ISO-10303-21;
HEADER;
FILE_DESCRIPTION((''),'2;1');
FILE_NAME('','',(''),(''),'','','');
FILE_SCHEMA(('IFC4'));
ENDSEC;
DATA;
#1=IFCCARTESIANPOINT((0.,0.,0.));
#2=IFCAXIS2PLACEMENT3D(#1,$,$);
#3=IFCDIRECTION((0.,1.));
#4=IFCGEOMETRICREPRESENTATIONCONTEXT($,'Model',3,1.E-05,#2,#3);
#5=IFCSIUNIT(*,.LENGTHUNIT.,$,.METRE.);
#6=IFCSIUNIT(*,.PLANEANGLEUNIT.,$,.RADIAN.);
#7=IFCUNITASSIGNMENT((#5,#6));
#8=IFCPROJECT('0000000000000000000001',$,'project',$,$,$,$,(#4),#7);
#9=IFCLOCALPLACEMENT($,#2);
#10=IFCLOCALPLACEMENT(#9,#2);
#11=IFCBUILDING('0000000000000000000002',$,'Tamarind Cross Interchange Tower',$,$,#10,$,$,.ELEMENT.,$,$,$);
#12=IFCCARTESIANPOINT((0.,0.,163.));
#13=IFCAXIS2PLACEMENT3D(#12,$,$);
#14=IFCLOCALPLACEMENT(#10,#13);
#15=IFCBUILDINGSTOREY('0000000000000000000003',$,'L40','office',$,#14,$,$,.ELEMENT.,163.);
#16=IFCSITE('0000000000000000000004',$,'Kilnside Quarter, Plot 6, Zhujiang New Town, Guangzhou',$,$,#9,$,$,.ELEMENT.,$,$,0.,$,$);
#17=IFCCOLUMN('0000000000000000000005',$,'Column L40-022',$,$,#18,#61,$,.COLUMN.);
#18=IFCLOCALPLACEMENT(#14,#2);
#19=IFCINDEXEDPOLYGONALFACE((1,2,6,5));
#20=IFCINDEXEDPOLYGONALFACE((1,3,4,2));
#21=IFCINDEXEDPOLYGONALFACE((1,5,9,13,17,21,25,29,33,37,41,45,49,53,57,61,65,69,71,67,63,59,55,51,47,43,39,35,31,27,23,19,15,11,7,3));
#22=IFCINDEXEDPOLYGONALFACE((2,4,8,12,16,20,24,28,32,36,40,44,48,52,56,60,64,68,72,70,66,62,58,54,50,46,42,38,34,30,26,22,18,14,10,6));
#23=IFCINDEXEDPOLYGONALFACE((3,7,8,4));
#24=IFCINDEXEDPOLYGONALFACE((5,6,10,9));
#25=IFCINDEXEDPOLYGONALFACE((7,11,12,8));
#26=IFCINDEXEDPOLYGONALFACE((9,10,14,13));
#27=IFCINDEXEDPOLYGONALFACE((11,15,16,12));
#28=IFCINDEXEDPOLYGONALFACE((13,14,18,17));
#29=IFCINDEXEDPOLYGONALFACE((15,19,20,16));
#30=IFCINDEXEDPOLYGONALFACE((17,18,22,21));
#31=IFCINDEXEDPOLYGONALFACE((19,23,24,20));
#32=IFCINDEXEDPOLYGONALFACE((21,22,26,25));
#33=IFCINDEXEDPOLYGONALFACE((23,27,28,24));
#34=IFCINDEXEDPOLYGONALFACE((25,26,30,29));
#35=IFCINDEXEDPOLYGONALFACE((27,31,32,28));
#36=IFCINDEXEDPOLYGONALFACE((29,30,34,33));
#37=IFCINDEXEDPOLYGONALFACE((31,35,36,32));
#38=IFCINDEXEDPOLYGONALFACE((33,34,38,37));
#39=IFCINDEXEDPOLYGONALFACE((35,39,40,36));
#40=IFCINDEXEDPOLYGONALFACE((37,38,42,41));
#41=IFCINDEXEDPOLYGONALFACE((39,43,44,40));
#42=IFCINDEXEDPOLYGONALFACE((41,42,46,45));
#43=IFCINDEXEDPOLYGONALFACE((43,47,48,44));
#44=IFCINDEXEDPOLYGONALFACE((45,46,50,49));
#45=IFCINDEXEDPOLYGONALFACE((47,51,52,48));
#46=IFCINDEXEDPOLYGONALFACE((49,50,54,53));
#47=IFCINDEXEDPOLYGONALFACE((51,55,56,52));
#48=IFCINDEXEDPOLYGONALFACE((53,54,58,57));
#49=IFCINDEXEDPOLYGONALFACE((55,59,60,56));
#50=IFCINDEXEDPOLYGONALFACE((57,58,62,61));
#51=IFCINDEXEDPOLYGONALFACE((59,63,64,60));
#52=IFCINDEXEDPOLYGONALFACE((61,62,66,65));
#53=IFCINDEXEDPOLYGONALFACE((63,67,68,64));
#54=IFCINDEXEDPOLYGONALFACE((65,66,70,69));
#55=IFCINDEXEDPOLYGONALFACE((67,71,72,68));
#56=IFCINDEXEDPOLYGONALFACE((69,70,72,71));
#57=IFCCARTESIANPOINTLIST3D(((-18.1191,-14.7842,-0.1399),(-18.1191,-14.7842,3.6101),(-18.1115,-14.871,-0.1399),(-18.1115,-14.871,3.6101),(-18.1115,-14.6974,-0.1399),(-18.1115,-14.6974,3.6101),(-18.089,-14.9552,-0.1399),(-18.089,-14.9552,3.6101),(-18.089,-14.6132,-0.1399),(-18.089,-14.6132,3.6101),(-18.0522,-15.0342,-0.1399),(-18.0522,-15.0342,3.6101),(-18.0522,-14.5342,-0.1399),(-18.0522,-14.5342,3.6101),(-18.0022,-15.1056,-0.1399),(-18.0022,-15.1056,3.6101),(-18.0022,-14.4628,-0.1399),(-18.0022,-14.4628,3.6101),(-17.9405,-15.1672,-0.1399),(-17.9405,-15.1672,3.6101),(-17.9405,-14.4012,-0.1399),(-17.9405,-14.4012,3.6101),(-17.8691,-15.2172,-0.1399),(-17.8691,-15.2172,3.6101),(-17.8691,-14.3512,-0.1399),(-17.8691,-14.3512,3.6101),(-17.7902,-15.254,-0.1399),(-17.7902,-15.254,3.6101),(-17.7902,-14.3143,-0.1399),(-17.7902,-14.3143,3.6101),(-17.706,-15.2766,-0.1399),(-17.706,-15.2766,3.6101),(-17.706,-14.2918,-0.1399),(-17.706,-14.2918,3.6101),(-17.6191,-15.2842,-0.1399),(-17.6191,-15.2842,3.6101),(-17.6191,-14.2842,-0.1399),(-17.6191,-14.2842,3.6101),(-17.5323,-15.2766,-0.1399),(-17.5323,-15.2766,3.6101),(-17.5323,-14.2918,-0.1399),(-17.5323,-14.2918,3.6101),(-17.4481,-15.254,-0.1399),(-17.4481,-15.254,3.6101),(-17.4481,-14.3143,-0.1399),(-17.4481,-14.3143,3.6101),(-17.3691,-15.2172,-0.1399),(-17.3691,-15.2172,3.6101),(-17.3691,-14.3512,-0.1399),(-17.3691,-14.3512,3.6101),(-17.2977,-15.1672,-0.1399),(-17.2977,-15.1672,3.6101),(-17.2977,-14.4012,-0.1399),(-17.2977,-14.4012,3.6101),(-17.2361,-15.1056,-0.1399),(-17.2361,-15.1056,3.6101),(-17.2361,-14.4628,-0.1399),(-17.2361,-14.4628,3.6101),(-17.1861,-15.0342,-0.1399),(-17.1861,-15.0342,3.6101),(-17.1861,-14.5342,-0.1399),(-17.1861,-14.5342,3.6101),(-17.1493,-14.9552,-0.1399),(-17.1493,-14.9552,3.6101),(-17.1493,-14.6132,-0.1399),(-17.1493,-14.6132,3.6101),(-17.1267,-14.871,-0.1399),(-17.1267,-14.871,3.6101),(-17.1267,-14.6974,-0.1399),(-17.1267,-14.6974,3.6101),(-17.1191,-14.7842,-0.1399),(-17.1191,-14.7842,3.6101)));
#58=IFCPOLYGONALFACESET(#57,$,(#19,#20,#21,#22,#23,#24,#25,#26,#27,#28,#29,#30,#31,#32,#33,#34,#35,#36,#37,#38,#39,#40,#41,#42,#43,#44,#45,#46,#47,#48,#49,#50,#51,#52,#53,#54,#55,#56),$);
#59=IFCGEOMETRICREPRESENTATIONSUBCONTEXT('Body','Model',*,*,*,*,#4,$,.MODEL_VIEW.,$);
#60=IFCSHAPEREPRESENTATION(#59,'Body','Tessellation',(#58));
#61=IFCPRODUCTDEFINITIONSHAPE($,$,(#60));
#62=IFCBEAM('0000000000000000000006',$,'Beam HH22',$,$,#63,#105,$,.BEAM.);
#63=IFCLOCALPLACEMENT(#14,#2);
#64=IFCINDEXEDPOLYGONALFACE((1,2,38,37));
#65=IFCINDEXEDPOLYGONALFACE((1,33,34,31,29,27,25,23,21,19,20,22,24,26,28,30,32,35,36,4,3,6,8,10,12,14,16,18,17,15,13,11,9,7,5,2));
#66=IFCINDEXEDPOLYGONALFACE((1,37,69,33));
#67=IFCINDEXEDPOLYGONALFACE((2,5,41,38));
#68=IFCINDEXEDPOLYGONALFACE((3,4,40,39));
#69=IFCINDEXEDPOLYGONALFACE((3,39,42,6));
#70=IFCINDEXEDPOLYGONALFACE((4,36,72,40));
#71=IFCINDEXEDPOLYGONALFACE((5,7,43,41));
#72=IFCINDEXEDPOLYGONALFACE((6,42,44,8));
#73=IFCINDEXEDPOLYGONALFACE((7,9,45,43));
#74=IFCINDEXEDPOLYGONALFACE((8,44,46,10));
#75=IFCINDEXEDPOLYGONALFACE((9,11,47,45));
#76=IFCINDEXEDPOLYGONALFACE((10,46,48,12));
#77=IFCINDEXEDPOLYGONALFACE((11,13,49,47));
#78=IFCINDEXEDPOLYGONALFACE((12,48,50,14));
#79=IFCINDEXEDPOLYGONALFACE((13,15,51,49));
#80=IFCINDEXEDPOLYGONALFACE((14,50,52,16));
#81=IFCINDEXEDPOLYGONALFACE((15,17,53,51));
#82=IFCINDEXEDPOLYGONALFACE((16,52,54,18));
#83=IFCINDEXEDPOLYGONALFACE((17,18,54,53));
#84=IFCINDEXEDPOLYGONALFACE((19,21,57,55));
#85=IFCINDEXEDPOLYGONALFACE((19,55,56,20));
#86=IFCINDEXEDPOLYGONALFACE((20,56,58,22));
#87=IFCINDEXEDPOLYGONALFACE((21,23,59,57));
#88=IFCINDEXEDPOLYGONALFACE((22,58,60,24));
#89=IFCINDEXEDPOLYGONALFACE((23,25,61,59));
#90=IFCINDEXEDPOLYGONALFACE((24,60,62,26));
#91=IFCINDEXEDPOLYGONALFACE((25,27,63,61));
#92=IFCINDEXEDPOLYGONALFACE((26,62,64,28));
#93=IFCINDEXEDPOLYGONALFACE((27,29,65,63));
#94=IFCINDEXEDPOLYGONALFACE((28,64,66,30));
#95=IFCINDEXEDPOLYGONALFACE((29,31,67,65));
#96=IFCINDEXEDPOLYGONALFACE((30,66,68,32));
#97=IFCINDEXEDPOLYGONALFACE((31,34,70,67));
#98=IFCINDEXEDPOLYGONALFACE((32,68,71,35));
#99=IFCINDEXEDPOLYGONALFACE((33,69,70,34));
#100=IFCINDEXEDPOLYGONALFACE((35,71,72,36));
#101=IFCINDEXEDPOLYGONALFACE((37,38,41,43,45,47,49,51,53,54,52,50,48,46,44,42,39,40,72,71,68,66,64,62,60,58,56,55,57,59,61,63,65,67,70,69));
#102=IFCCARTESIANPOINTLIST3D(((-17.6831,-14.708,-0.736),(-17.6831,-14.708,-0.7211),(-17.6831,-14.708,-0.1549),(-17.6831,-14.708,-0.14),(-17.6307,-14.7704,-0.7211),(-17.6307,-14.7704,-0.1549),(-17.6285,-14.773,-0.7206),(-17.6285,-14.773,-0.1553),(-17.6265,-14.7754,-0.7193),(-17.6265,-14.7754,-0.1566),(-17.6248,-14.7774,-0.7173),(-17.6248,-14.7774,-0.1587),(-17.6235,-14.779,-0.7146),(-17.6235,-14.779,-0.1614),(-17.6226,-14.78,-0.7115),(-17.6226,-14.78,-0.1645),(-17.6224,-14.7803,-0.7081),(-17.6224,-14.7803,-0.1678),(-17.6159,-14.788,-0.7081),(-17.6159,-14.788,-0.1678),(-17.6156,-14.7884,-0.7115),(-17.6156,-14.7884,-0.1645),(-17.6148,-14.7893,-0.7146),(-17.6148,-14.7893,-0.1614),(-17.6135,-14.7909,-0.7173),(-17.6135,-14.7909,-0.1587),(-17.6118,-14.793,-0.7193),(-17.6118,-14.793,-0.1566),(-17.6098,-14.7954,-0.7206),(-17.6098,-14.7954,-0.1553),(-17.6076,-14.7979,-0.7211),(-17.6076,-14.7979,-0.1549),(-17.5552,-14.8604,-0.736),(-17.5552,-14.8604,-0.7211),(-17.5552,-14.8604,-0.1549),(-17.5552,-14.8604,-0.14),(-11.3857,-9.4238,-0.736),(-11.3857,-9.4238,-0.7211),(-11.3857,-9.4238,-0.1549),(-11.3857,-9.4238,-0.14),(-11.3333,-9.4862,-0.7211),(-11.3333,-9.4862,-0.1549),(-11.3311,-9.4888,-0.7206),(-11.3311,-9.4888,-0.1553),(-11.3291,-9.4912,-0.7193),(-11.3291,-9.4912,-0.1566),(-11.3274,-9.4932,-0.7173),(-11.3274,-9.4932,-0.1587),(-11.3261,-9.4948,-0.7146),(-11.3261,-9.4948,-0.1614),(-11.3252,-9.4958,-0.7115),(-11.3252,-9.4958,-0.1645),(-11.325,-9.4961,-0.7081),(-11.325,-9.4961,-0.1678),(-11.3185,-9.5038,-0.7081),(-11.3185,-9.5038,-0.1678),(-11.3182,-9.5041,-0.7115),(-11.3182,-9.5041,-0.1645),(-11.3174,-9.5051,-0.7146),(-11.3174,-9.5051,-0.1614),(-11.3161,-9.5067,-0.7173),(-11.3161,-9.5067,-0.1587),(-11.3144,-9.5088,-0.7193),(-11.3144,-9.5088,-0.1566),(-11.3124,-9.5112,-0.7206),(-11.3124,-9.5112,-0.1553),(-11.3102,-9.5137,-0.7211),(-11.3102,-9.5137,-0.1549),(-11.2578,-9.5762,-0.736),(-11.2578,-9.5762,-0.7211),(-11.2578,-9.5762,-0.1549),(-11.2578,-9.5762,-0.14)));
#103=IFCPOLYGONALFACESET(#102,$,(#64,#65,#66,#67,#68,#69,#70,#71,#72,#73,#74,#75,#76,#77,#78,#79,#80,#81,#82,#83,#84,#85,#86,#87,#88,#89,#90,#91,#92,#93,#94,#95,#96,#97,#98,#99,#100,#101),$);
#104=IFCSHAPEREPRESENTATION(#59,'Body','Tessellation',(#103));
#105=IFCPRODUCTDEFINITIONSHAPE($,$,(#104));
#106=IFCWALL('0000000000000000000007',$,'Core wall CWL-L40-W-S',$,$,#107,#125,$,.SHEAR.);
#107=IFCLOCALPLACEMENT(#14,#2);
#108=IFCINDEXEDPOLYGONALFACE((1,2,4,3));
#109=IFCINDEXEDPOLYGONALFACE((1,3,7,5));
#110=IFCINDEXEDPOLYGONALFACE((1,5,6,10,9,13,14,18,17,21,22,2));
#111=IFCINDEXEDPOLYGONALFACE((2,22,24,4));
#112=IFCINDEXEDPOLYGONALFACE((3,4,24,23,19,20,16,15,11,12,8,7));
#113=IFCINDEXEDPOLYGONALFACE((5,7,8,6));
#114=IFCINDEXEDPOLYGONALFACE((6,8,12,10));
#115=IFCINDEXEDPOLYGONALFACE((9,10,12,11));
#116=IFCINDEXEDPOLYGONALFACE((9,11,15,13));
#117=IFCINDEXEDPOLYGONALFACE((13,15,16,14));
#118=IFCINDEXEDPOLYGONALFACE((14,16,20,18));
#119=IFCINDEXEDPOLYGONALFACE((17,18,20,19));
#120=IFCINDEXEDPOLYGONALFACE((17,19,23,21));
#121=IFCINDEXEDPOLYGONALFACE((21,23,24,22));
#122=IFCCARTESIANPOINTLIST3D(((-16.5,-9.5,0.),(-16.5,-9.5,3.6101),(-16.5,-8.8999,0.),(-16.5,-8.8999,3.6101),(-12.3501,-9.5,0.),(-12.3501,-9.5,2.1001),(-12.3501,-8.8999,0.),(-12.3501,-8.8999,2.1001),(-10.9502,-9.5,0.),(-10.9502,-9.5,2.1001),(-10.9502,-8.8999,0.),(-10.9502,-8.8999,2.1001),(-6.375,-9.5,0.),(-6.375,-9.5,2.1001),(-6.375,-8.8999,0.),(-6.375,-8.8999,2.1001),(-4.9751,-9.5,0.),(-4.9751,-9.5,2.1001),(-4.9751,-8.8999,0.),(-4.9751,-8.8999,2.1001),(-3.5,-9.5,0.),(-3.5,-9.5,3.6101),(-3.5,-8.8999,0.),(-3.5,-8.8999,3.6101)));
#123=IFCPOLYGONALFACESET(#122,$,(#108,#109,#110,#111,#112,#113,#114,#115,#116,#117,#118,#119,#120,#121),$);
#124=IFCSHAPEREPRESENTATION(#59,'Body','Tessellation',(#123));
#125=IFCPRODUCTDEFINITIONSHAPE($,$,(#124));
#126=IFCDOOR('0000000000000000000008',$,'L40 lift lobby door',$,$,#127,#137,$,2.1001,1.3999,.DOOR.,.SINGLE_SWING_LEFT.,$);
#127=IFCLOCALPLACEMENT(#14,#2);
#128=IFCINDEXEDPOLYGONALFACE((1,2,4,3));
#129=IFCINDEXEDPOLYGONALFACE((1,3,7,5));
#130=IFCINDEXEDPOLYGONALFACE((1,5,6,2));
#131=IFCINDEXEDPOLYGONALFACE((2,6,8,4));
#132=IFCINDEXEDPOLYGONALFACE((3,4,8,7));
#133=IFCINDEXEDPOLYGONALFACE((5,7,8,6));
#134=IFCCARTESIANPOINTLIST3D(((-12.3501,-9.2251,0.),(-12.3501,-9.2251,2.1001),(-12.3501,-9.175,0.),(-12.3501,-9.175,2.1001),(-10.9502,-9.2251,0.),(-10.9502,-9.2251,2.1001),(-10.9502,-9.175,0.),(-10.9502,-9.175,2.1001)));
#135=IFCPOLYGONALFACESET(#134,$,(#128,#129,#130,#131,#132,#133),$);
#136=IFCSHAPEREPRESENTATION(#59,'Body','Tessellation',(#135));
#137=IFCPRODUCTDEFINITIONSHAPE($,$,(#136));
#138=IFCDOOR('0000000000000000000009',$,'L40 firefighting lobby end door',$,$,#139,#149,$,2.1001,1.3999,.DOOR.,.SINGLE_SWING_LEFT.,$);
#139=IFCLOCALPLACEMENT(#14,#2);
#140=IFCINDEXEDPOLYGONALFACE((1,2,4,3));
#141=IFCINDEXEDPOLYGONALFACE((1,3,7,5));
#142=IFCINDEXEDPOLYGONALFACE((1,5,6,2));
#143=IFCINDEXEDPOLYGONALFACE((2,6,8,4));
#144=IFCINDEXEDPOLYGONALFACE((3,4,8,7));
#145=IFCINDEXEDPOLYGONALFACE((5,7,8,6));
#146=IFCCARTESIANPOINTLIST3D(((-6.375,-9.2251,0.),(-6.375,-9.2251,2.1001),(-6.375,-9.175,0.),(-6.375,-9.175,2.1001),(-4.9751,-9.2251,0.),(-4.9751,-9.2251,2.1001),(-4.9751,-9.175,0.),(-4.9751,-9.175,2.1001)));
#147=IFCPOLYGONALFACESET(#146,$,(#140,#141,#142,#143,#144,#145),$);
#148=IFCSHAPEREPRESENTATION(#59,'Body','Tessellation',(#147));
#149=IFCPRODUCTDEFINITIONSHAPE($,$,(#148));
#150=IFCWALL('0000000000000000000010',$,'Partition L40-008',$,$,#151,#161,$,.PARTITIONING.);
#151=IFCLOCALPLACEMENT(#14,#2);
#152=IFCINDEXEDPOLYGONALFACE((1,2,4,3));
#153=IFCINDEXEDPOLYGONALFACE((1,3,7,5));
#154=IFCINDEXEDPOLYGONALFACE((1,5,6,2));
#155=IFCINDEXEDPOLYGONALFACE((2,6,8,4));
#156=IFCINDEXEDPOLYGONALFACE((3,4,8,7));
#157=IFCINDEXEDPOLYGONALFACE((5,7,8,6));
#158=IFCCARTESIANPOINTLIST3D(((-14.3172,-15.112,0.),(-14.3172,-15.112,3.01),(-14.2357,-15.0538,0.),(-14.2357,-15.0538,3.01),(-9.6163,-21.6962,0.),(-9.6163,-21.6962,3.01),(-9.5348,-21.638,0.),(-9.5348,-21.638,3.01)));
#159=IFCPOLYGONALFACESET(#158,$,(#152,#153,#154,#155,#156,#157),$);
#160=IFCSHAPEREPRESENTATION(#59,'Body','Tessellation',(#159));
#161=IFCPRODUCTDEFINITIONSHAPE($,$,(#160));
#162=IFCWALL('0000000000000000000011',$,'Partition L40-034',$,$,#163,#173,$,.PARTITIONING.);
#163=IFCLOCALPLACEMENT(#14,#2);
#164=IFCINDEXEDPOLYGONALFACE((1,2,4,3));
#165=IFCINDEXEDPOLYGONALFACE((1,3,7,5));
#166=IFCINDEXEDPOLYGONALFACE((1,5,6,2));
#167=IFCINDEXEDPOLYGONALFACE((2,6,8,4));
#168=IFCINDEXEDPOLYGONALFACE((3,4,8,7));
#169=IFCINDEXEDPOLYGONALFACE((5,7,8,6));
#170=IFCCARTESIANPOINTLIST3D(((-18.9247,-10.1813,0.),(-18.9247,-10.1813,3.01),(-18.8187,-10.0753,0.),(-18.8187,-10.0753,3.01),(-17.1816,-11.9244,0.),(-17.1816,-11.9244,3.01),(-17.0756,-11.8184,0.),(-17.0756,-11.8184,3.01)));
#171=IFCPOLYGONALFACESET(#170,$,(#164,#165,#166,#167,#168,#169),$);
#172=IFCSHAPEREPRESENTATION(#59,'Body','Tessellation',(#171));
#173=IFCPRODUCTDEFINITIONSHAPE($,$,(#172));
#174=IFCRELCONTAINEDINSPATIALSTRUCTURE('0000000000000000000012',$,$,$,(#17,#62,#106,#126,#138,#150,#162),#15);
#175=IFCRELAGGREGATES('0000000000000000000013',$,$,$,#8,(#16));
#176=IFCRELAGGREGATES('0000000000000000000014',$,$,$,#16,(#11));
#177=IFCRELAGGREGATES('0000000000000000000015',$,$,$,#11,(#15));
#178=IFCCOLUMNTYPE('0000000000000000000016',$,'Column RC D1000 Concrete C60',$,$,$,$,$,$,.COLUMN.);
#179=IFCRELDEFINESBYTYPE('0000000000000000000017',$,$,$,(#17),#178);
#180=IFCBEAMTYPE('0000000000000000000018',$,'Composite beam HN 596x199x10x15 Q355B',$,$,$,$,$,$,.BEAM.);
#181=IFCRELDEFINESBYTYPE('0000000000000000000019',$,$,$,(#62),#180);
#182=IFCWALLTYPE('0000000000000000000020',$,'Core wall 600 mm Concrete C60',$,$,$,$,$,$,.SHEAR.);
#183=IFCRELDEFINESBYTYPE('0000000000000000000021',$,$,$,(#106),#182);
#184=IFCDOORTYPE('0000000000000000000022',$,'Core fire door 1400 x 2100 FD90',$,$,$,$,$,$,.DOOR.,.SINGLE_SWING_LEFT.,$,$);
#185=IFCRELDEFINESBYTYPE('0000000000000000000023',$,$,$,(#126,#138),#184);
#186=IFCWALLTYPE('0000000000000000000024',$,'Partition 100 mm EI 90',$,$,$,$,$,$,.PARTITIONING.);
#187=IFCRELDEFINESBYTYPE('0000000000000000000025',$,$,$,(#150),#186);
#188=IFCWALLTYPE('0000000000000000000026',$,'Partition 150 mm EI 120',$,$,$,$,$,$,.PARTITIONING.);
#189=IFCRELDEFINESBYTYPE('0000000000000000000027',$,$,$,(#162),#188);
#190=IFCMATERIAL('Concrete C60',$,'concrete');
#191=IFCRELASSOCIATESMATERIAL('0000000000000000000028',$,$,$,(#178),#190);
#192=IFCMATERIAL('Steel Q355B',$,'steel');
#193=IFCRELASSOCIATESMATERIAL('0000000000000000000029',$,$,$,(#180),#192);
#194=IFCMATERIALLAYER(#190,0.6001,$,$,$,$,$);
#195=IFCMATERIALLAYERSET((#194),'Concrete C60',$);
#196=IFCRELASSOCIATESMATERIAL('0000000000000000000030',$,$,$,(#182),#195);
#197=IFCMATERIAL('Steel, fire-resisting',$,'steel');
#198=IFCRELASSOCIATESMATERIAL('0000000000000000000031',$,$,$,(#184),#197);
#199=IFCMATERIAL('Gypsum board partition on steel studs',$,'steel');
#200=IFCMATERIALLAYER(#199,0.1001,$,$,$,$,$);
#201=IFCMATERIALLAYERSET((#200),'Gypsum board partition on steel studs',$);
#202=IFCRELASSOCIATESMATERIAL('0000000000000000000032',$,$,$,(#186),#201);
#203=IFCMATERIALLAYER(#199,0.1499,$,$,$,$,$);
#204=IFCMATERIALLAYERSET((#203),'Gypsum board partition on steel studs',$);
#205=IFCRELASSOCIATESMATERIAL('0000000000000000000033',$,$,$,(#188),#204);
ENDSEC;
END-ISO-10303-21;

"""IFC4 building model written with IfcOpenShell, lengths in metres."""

from ifc_helpers import new_model, si_unit, direction, frame, frame_2d, origin, origin_2d, place, context, subcontext, project, spatial, rectangle, circle, i_section, extrude, material, layer, layer_set, material_profile, profile_set, type_object, element, fill, save


model = new_model("IFC4")

# Units and contexts
model_context = context("Model", 3, precision=1e-05, world=origin(), true_north=direction((0.0, 1.0)))
body_context = subcontext(model_context, "Body", "Model", "MODEL_VIEW")
ifc_project = project(units=[si_unit("LENGTHUNIT", "METRE"), si_unit("PLANEANGLEUNIT", "RADIAN")], contexts=[model_context])

# Site, building, storey
site_placement = place(None, origin())
site = spatial("IfcSite", under=ifc_project, at=site_placement, Name="Kilnside Quarter, Plot 6, Zhujiang New Town, Guangzhou", CompositionType="ELEMENT", RefElevation=0.0)
building_placement = place(site_placement, origin())
building = spatial("IfcBuilding", under=site, at=building_placement, Name="Tamarind Cross Interchange Tower", CompositionType="ELEMENT")
storey_placement = place(building_placement, frame((0.0, 0.0, 163.0)))
storey = spatial("IfcBuildingStorey", under=building, at=storey_placement, Name="L40", Description="office", CompositionType="ELEMENT", Elevation=163.0)

# Column
ifc_material_1 = material(Name="Concrete C60", Category="concrete")
ifc_material_profile_1 = material_profile(ifc_material_1, circle(Radius=0.5, at=origin_2d()), Name="RC D1000")
ifc_profile_set_1 = profile_set([ifc_material_profile_1], Name="Concrete C60")
column_type = type_object("IfcColumnType", Name="Column RC D1000 Concrete C60", PredefinedType="COLUMN", material=ifc_profile_set_1)
column_placement = place(storey_placement, frame((-17.6191, -14.7842, -0.1399), z_axis=(0.0, 0.0, 1.0), x_axis=(1.0, 0.0, 0.0)))
element("IfcColumn", 1, at=column_placement, inside=storey, type_object=column_type, Name="Column L40-022", PredefinedType="COLUMN", context=body_context, shape_type="SweptSolid", body=[
    extrude(circle(Radius=0.5, at=origin_2d()), origin(), (0.0, 0.0, 1.0), 3.75),
])

# Beam
ifc_material_2 = material(Name="Steel Q355B", Category="steel")
ifc_material_profile_2 = material_profile(ifc_material_2, i_section(OverallWidth=0.199, OverallDepth=0.5959, WebThickness=0.01, FlangeThickness=0.0149, FilletRadius=0.0129, at=origin_2d()), Name="HN 596x199x10x15")
ifc_profile_set_2 = profile_set([ifc_material_profile_2], Name="Steel Q355B")
beam_type = type_object("IfcBeamType", Name="Composite beam HN 596x199x10x15 Q355B", PredefinedType="BEAM", material=ifc_profile_set_2)
beam_placement = place(storey_placement, frame((-17.6191, -14.7842, -0.438), z_axis=(0.766041, 0.642792, 0.0), x_axis=(-0.642792, 0.766041, 0.0)))
element("IfcBeam", 2, at=beam_placement, inside=storey, type_object=beam_type, Name="Beam HH22", PredefinedType="BEAM", context=body_context, shape_type="SweptSolid", body=[
    extrude(i_section(OverallWidth=0.199, OverallDepth=0.5959, WebThickness=0.01, FlangeThickness=0.0149, FilletRadius=0.0129, at=origin_2d()), origin(), (0.0, 0.0, 1.0), 8.2207),
])

# Wall, openings, doors
ifc_layer_1 = layer(ifc_material_1, 0.6001)
ifc_layer_set_1 = layer_set([ifc_layer_1], Name="Concrete C60")
wall_type_1 = type_object("IfcWallType", Name="Core wall 600 mm Concrete C60", PredefinedType="SHEAR", material=ifc_layer_set_1)
wall_1_placement = place(storey_placement, frame((-16.5, -9.2, 0.0), z_axis=(0.0, 0.0, 1.0), x_axis=(1.0, 0.0, 0.0)))
wall_1 = element("IfcWall", 3, at=wall_1_placement, inside=storey, type_object=wall_type_1, Name="Core wall CWL-L40-W-S", PredefinedType="SHEAR", context=body_context, shape_type="SweptSolid", body=[
    extrude(rectangle(XDim=13.0, YDim=0.6001, at=frame_2d((6.5, 0.0))), origin(), (0.0, 0.0, 1.0), 3.6101),
])
opening_1_placement = place(wall_1_placement, frame((4.1499, 0.0, 0.0)))
opening_1 = element("IfcOpeningElement", 4, at=opening_1_placement, cuts=wall_1, PredefinedType="OPENING", context=body_context, shape_type="SweptSolid", body=[
    extrude(rectangle(XDim=1.3999, YDim=2.1001, at=frame_2d((0.7, 1.05))), frame((0.0, 0.3101, 0.0), z_axis=(0.0, -1.0, 0.0), x_axis=(1.0, 0.0, 0.0)), (0.0, 0.0, 1.0), 0.6201),
])
opening_2_placement = place(wall_1_placement, frame((10.125, 0.0, 0.0)))
opening_2 = element("IfcOpeningElement", 5, at=opening_2_placement, cuts=wall_1, PredefinedType="OPENING", context=body_context, shape_type="SweptSolid", body=[
    extrude(rectangle(XDim=1.3999, YDim=2.1001, at=frame_2d((0.7, 1.05))), frame((0.0, 0.3101, 0.0), z_axis=(0.0, -1.0, 0.0), x_axis=(1.0, 0.0, 0.0)), (0.0, 0.0, 1.0), 0.6201),
])
ifc_material_3 = material(Name="Steel, fire-resisting", Category="steel")
door_type_1 = type_object("IfcDoorType", Name="Core fire door 1400 x 2100 FD90", OperationType="SINGLE_SWING_LEFT", PredefinedType="DOOR", material=ifc_material_3)
door_1_placement = place(opening_1_placement, origin())
door_1 = element("IfcDoor", 6, at=door_1_placement, inside=storey, type_object=door_type_1, Name="L40 lift lobby door", OperationType="SINGLE_SWING_LEFT", OverallHeight=2.1001, OverallWidth=1.3999, PredefinedType="DOOR", context=body_context, shape_type="SweptSolid", body=[
    extrude(rectangle(XDim=1.3999, YDim=2.1001, at=frame_2d((0.7, 1.05))), frame((0.0, 0.0249, 0.0), z_axis=(0.0, -1.0, 0.0), x_axis=(1.0, 0.0, 0.0)), (0.0, 0.0, 1.0), 0.05),
])
fill(opening_1, door_1)
door_2_placement = place(opening_2_placement, origin())
door_2 = element("IfcDoor", 7, at=door_2_placement, inside=storey, type_object=door_type_1, Name="L40 firefighting lobby end door", OperationType="SINGLE_SWING_LEFT", OverallHeight=2.1001, OverallWidth=1.3999, PredefinedType="DOOR", context=body_context, shape_type="SweptSolid", body=[
    extrude(rectangle(XDim=1.3999, YDim=2.1001, at=frame_2d((0.7, 1.05))), frame((0.0, 0.0249, 0.0), z_axis=(0.0, -1.0, 0.0), x_axis=(1.0, 0.0, 0.0)), (0.0, 0.0, 1.0), 0.05),
])
fill(opening_2, door_2)

# Walls
ifc_material_4 = material(Name="Gypsum board partition on steel studs", Category="steel")
ifc_layer_2 = layer(ifc_material_4, 0.1001)
ifc_layer_set_2 = layer_set([ifc_layer_2], Name="Gypsum board partition on steel studs")
wall_type_2 = type_object("IfcWallType", Name="Partition 100 mm EI 90", PredefinedType="PARTITIONING", material=ifc_layer_set_2)
wall_2_placement = place(storey_placement, frame((-14.2764, -15.083, 0.0), z_axis=(0.0, 0.0, 1.0), x_axis=(0.581067, -0.813856, 0.0)))
element("IfcWall", 8, at=wall_2_placement, inside=storey, type_object=wall_type_2, Name="Partition L40-008", PredefinedType="PARTITIONING", context=body_context, shape_type="SweptSolid", body=[
    extrude(rectangle(XDim=8.0901, YDim=0.1001, at=frame_2d((4.0449, 0.0))), origin(), (0.0, 0.0, 1.0), 3.01),
])
ifc_layer_3 = layer(ifc_material_4, 0.1499)
ifc_layer_set_3 = layer_set([ifc_layer_3], Name="Gypsum board partition on steel studs")
wall_type_3 = type_object("IfcWallType", Name="Partition 150 mm EI 120", PredefinedType="PARTITIONING", material=ifc_layer_set_3)
wall_3_placement = place(storey_placement, frame((-18.8716, -10.1284, 0.0), z_axis=(0.0, 0.0, 1.0), x_axis=(0.707107, -0.707107, 0.0)))
element("IfcWall", 9, at=wall_3_placement, inside=storey, type_object=wall_type_3, Name="Partition L40-034", PredefinedType="PARTITIONING", context=body_context, shape_type="SweptSolid", body=[
    extrude(rectangle(XDim=2.4651, YDim=0.1499, at=frame_2d((1.2324, 0.0))), origin(), (0.0, 0.0, 1.0), 3.01),
])

save(model, "model.ifc")
